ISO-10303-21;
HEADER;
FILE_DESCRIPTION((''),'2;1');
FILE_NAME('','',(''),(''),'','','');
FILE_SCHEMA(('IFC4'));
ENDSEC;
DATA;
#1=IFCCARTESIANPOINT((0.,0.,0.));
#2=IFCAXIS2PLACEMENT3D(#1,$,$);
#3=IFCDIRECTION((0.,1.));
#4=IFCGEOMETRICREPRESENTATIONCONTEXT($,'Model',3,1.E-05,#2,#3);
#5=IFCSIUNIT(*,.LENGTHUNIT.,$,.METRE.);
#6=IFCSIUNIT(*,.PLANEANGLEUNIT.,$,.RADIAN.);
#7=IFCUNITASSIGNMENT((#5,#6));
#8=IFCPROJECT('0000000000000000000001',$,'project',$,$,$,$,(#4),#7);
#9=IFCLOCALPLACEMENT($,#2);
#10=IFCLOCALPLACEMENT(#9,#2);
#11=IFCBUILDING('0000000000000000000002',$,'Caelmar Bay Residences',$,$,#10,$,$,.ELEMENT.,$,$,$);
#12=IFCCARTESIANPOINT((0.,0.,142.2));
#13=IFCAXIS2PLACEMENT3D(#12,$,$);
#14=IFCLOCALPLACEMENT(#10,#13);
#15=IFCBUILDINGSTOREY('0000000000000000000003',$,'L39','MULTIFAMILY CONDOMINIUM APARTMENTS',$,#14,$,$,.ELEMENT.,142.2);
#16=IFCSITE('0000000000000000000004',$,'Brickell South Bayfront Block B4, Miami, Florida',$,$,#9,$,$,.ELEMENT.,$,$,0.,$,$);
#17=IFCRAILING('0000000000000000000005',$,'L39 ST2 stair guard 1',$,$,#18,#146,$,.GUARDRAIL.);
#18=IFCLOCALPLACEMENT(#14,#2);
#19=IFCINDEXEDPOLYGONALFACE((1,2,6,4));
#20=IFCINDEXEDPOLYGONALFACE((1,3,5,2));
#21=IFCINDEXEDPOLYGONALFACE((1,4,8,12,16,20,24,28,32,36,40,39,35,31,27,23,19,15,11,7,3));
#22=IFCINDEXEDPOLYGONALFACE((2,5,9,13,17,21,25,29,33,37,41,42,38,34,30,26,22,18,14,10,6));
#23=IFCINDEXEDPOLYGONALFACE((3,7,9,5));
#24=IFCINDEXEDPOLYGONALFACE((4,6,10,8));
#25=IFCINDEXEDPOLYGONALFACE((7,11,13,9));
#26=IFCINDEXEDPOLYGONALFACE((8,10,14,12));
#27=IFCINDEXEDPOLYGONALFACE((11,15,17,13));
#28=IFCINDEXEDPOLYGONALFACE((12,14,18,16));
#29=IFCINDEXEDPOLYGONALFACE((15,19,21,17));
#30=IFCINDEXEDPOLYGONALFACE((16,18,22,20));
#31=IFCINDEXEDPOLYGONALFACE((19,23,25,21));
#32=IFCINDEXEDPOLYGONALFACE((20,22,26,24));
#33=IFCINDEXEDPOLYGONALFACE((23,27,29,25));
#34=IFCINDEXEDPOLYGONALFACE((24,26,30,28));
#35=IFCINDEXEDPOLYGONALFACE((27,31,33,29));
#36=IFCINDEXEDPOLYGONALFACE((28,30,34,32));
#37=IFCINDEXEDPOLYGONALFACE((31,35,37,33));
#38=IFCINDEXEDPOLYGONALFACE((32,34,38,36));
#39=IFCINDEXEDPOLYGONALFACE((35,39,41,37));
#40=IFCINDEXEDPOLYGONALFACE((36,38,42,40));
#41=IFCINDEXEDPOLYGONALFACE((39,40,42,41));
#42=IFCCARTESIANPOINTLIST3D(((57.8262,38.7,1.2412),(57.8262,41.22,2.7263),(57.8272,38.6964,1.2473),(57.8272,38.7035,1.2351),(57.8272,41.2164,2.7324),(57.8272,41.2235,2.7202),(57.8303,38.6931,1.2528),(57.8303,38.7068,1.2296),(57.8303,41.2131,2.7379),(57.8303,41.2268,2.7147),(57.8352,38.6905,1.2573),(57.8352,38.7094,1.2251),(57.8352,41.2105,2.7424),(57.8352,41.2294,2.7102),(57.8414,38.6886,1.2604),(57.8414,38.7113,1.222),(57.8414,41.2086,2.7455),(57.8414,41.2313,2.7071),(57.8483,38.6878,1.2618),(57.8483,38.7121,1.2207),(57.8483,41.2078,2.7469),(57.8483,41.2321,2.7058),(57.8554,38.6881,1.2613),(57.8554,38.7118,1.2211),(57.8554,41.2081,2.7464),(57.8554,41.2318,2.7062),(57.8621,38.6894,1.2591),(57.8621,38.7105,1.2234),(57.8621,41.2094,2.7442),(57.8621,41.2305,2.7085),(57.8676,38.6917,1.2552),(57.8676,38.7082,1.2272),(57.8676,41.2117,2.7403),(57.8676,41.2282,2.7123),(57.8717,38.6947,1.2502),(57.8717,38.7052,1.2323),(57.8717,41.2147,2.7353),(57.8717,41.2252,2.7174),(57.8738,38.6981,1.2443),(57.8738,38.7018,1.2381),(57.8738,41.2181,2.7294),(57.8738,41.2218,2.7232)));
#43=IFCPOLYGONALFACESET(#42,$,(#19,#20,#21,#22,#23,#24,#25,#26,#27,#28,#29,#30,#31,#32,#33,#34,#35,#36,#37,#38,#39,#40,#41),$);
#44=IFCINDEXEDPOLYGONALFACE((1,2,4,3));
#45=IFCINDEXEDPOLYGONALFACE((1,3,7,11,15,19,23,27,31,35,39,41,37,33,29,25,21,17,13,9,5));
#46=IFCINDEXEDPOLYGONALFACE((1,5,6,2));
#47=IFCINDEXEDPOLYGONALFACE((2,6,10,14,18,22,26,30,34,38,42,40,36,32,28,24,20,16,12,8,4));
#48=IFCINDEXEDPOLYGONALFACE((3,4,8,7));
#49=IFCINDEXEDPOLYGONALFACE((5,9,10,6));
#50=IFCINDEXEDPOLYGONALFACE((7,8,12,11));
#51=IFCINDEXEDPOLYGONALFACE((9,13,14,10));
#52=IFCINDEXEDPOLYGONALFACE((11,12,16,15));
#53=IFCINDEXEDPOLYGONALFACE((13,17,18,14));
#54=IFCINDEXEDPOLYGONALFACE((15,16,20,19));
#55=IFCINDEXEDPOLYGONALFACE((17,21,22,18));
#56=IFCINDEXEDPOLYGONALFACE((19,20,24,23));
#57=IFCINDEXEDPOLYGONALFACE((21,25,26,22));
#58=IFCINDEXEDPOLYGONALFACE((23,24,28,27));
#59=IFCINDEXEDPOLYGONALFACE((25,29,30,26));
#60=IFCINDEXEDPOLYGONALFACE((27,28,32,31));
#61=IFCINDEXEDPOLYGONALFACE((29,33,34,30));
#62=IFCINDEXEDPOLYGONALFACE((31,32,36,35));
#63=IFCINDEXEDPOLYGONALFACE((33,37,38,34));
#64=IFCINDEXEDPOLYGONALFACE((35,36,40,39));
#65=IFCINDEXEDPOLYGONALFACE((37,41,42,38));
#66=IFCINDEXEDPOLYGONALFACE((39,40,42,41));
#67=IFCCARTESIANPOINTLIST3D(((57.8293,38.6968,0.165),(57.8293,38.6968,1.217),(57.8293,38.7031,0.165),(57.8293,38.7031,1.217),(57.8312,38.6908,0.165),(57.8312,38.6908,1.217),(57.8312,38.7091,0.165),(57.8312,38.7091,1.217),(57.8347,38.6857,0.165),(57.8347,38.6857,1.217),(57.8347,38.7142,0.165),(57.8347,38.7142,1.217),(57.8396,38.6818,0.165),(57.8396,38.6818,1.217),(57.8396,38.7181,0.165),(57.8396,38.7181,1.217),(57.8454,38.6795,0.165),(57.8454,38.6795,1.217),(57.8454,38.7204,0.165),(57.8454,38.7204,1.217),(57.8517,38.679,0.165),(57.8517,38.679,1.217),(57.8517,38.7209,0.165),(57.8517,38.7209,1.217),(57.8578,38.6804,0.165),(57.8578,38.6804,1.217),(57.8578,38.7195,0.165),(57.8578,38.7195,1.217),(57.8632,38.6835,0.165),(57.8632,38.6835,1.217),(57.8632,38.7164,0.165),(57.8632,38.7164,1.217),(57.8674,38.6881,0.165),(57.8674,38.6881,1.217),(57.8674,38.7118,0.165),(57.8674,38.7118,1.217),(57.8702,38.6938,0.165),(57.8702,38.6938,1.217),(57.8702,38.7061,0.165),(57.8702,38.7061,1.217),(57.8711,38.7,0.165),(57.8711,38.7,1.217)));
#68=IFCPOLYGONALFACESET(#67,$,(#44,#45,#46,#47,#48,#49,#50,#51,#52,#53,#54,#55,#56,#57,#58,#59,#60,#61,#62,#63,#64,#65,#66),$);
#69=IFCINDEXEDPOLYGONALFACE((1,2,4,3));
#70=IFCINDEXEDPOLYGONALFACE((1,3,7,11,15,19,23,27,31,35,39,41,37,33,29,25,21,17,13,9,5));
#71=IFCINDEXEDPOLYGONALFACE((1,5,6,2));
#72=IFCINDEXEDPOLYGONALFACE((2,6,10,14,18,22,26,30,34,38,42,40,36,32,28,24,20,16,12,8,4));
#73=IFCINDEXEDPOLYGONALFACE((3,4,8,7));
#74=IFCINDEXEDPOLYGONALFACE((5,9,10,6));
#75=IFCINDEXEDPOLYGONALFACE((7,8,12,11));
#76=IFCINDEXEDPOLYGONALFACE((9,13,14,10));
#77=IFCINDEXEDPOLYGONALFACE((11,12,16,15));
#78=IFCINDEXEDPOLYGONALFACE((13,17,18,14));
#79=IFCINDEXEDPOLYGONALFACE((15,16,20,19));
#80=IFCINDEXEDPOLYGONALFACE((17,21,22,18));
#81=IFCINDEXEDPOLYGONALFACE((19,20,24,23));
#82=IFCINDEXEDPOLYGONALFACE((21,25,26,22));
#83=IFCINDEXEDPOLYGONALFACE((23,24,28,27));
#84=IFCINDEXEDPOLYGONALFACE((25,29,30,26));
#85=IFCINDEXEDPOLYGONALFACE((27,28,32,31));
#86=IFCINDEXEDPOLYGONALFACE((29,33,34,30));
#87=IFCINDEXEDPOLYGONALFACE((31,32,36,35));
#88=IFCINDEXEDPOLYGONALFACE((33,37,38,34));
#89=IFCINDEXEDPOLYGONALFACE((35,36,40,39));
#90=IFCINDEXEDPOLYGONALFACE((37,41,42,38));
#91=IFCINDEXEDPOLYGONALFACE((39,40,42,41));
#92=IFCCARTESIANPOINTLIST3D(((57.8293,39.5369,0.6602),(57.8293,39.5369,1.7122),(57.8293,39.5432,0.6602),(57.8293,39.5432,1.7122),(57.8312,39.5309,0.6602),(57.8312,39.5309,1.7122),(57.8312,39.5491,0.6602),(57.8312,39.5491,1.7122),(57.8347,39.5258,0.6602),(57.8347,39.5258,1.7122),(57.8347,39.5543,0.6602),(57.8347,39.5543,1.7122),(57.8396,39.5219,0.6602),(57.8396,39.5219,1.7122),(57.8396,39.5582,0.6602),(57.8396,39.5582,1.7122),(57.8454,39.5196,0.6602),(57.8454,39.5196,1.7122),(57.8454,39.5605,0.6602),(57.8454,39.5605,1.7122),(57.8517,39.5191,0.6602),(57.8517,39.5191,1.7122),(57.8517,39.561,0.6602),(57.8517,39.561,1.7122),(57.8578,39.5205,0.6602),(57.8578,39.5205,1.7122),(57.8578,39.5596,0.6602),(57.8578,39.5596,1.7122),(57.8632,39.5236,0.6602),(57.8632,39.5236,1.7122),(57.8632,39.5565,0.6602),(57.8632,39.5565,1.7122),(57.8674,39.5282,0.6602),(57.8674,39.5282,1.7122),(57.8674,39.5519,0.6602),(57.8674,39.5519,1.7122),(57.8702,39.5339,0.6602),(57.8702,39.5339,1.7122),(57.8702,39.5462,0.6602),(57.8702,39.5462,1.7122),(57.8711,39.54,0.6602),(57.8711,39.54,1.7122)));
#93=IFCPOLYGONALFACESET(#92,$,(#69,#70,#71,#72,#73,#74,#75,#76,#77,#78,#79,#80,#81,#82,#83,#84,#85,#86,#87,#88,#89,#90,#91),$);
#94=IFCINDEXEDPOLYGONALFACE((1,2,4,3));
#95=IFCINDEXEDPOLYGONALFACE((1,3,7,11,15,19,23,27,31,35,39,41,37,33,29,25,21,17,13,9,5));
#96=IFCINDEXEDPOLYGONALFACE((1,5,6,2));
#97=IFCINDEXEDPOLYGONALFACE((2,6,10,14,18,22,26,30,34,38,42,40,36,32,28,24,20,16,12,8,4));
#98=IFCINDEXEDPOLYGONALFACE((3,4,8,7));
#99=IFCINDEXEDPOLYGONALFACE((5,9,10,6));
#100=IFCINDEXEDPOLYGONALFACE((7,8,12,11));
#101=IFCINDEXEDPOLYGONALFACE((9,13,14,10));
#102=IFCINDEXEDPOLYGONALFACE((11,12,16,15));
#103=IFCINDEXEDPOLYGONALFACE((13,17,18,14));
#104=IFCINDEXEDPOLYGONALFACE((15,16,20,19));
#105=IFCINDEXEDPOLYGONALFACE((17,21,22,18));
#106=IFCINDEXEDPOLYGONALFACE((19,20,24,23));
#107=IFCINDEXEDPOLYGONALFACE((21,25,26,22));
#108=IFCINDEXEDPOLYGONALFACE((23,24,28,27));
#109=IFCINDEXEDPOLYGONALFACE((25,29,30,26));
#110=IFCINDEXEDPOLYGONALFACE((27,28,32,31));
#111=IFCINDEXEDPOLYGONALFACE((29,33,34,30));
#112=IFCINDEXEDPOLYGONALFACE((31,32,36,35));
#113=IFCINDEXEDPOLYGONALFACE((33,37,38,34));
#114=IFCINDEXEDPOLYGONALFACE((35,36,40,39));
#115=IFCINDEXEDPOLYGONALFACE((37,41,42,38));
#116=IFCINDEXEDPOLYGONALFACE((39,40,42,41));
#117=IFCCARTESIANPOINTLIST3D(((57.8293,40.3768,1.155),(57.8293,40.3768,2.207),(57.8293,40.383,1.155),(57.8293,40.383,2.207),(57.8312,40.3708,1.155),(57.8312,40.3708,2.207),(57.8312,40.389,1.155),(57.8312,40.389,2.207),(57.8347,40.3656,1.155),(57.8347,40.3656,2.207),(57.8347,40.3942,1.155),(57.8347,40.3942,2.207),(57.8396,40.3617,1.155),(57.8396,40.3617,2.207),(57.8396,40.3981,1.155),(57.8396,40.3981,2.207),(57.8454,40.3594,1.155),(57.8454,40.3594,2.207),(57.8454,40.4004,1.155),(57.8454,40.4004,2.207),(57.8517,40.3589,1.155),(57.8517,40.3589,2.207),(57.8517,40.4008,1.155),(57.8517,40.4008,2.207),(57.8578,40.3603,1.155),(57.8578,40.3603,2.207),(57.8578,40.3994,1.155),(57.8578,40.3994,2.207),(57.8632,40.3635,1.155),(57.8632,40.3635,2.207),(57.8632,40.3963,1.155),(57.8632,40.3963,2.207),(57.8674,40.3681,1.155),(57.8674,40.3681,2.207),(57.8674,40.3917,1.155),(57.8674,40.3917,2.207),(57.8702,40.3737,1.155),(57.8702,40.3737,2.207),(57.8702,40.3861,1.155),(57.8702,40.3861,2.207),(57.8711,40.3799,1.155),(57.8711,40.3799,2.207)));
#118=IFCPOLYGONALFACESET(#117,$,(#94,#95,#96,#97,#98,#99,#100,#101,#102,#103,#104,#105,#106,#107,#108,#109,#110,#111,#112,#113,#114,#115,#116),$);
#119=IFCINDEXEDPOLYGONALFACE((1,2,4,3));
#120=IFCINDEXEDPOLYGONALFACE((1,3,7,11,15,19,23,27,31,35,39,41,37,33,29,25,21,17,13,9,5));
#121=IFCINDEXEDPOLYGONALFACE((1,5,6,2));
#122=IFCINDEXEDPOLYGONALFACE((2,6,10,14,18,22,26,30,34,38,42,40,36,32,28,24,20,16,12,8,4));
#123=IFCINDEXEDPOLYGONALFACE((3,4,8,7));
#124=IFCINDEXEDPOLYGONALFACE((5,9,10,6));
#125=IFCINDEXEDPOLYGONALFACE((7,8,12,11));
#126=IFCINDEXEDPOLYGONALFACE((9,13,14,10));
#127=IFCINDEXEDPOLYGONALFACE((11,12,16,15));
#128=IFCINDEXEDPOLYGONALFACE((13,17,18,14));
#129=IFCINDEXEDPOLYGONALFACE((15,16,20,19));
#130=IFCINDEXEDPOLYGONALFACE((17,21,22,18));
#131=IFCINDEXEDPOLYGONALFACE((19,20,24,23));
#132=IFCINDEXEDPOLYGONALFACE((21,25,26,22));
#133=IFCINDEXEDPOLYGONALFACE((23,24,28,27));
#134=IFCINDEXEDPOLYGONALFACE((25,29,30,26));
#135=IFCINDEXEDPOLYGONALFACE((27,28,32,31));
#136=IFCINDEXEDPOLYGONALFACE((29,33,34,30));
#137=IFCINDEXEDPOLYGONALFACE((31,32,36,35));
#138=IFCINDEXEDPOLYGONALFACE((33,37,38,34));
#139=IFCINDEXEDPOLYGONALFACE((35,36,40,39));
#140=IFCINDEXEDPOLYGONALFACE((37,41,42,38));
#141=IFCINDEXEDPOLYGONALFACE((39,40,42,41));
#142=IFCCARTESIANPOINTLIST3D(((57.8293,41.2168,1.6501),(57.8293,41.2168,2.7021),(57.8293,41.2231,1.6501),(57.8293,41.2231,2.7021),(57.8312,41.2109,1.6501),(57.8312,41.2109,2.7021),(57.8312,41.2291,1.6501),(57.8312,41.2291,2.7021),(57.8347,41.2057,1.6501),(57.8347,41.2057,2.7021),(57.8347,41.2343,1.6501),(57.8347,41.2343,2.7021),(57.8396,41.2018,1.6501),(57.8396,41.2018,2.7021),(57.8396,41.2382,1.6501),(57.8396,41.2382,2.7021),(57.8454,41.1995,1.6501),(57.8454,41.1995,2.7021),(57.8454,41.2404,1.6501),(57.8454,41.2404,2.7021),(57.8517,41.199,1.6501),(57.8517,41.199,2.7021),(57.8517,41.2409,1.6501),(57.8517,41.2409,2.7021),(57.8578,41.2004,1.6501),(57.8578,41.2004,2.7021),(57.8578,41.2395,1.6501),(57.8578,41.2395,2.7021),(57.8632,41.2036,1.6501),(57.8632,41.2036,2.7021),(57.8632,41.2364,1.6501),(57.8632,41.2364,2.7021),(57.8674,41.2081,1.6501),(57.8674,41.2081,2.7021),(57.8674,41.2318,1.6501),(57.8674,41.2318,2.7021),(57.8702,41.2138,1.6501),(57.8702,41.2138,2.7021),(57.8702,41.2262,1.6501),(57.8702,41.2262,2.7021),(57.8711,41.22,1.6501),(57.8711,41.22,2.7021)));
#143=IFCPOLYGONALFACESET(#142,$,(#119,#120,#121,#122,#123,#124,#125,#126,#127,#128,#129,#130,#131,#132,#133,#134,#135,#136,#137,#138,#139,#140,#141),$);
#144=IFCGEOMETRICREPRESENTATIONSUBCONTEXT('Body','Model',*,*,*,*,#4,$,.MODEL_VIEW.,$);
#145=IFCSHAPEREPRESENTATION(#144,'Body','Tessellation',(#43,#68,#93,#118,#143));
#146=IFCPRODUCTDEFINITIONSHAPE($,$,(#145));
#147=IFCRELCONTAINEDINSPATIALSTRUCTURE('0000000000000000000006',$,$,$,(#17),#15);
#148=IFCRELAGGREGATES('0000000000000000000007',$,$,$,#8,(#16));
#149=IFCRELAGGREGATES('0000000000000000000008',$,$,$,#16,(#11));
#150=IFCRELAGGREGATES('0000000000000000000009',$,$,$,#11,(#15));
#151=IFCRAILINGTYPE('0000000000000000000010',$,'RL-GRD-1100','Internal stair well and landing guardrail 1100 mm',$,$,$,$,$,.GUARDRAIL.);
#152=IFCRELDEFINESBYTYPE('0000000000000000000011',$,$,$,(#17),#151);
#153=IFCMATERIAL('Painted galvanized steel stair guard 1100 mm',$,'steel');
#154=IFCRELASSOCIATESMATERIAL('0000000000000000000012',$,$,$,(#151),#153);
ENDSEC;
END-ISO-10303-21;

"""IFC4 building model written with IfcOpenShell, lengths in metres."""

from ifc_helpers import new_model, si_unit, direction, frame, origin, origin_2d, place, context, subcontext, project, spatial, circle, extrude, material, type_object, element, save


model = new_model("IFC4")

# Units and contexts
model_context = context("Model", 3, precision=1e-05, world=origin(), true_north=direction((0.0, 1.0)))
body_context = subcontext(model_context, "Body", "Model", "MODEL_VIEW")
ifc_project = project(units=[si_unit("LENGTHUNIT", "METRE"), si_unit("PLANEANGLEUNIT", "RADIAN")], contexts=[model_context])

# Site, building, storey
site_placement = place(None, origin())
site = spatial("IfcSite", under=ifc_project, at=site_placement, Name="Brickell South Bayfront Block B4, Miami, Florida", CompositionType="ELEMENT", RefElevation=0.0)
building_placement = place(site_placement, origin())
building = spatial("IfcBuilding", under=site, at=building_placement, Name="Caelmar Bay Residences", CompositionType="ELEMENT")
storey_placement = place(building_placement, frame((0.0, 0.0, 142.2)))
storey = spatial("IfcBuildingStorey", under=building, at=storey_placement, Name="L39", Description="MULTIFAMILY CONDOMINIUM APARTMENTS", CompositionType="ELEMENT", Elevation=142.2)

# Railing
ifc_material_1 = material(Name="Painted galvanized steel stair guard 1100 mm", Category="steel")
railing_type_1 = type_object("IfcRailingType", Name="RL-GRD-1100", Description="Internal stair well and landing guardrail 1100 mm", PredefinedType="GUARDRAIL", material=ifc_material_1)
railing_1_placement = place(storey_placement, frame((57.8501, 38.7, 0.165)))
element("IfcRailing", 1, at=railing_1_placement, inside=storey, type_object=railing_type_1, Name="L39 ST2 stair guard 1", PredefinedType="GUARDRAIL", context=body_context, shape_type="SweptSolid", body=[
    extrude(circle(Radius=0.0239, at=origin_2d()), frame((0.0, 0.0, 1.0762), z_axis=(0.0, 0.861524, 0.507717), x_axis=(-1.0, 0.0, 0.0)), (0.0, 0.0, 1.0), 2.925),
    extrude(circle(Radius=0.021, at=origin_2d()), origin(), (0.0, 0.0, 1.0), 1.052),
    extrude(circle(Radius=0.021, at=origin_2d()), frame((0.0, 0.8401, 0.4951)), (0.0, 0.0, 1.0), 1.052),
    extrude(circle(Radius=0.021, at=origin_2d()), frame((0.0, 1.6799, 0.99)), (0.0, 0.0, 1.0), 1.052),
    extrude(circle(Radius=0.021, at=origin_2d()), frame((0.0, 2.52, 1.4851)), (0.0, 0.0, 1.0), 1.052),
])

save(model, "model.ifc")
